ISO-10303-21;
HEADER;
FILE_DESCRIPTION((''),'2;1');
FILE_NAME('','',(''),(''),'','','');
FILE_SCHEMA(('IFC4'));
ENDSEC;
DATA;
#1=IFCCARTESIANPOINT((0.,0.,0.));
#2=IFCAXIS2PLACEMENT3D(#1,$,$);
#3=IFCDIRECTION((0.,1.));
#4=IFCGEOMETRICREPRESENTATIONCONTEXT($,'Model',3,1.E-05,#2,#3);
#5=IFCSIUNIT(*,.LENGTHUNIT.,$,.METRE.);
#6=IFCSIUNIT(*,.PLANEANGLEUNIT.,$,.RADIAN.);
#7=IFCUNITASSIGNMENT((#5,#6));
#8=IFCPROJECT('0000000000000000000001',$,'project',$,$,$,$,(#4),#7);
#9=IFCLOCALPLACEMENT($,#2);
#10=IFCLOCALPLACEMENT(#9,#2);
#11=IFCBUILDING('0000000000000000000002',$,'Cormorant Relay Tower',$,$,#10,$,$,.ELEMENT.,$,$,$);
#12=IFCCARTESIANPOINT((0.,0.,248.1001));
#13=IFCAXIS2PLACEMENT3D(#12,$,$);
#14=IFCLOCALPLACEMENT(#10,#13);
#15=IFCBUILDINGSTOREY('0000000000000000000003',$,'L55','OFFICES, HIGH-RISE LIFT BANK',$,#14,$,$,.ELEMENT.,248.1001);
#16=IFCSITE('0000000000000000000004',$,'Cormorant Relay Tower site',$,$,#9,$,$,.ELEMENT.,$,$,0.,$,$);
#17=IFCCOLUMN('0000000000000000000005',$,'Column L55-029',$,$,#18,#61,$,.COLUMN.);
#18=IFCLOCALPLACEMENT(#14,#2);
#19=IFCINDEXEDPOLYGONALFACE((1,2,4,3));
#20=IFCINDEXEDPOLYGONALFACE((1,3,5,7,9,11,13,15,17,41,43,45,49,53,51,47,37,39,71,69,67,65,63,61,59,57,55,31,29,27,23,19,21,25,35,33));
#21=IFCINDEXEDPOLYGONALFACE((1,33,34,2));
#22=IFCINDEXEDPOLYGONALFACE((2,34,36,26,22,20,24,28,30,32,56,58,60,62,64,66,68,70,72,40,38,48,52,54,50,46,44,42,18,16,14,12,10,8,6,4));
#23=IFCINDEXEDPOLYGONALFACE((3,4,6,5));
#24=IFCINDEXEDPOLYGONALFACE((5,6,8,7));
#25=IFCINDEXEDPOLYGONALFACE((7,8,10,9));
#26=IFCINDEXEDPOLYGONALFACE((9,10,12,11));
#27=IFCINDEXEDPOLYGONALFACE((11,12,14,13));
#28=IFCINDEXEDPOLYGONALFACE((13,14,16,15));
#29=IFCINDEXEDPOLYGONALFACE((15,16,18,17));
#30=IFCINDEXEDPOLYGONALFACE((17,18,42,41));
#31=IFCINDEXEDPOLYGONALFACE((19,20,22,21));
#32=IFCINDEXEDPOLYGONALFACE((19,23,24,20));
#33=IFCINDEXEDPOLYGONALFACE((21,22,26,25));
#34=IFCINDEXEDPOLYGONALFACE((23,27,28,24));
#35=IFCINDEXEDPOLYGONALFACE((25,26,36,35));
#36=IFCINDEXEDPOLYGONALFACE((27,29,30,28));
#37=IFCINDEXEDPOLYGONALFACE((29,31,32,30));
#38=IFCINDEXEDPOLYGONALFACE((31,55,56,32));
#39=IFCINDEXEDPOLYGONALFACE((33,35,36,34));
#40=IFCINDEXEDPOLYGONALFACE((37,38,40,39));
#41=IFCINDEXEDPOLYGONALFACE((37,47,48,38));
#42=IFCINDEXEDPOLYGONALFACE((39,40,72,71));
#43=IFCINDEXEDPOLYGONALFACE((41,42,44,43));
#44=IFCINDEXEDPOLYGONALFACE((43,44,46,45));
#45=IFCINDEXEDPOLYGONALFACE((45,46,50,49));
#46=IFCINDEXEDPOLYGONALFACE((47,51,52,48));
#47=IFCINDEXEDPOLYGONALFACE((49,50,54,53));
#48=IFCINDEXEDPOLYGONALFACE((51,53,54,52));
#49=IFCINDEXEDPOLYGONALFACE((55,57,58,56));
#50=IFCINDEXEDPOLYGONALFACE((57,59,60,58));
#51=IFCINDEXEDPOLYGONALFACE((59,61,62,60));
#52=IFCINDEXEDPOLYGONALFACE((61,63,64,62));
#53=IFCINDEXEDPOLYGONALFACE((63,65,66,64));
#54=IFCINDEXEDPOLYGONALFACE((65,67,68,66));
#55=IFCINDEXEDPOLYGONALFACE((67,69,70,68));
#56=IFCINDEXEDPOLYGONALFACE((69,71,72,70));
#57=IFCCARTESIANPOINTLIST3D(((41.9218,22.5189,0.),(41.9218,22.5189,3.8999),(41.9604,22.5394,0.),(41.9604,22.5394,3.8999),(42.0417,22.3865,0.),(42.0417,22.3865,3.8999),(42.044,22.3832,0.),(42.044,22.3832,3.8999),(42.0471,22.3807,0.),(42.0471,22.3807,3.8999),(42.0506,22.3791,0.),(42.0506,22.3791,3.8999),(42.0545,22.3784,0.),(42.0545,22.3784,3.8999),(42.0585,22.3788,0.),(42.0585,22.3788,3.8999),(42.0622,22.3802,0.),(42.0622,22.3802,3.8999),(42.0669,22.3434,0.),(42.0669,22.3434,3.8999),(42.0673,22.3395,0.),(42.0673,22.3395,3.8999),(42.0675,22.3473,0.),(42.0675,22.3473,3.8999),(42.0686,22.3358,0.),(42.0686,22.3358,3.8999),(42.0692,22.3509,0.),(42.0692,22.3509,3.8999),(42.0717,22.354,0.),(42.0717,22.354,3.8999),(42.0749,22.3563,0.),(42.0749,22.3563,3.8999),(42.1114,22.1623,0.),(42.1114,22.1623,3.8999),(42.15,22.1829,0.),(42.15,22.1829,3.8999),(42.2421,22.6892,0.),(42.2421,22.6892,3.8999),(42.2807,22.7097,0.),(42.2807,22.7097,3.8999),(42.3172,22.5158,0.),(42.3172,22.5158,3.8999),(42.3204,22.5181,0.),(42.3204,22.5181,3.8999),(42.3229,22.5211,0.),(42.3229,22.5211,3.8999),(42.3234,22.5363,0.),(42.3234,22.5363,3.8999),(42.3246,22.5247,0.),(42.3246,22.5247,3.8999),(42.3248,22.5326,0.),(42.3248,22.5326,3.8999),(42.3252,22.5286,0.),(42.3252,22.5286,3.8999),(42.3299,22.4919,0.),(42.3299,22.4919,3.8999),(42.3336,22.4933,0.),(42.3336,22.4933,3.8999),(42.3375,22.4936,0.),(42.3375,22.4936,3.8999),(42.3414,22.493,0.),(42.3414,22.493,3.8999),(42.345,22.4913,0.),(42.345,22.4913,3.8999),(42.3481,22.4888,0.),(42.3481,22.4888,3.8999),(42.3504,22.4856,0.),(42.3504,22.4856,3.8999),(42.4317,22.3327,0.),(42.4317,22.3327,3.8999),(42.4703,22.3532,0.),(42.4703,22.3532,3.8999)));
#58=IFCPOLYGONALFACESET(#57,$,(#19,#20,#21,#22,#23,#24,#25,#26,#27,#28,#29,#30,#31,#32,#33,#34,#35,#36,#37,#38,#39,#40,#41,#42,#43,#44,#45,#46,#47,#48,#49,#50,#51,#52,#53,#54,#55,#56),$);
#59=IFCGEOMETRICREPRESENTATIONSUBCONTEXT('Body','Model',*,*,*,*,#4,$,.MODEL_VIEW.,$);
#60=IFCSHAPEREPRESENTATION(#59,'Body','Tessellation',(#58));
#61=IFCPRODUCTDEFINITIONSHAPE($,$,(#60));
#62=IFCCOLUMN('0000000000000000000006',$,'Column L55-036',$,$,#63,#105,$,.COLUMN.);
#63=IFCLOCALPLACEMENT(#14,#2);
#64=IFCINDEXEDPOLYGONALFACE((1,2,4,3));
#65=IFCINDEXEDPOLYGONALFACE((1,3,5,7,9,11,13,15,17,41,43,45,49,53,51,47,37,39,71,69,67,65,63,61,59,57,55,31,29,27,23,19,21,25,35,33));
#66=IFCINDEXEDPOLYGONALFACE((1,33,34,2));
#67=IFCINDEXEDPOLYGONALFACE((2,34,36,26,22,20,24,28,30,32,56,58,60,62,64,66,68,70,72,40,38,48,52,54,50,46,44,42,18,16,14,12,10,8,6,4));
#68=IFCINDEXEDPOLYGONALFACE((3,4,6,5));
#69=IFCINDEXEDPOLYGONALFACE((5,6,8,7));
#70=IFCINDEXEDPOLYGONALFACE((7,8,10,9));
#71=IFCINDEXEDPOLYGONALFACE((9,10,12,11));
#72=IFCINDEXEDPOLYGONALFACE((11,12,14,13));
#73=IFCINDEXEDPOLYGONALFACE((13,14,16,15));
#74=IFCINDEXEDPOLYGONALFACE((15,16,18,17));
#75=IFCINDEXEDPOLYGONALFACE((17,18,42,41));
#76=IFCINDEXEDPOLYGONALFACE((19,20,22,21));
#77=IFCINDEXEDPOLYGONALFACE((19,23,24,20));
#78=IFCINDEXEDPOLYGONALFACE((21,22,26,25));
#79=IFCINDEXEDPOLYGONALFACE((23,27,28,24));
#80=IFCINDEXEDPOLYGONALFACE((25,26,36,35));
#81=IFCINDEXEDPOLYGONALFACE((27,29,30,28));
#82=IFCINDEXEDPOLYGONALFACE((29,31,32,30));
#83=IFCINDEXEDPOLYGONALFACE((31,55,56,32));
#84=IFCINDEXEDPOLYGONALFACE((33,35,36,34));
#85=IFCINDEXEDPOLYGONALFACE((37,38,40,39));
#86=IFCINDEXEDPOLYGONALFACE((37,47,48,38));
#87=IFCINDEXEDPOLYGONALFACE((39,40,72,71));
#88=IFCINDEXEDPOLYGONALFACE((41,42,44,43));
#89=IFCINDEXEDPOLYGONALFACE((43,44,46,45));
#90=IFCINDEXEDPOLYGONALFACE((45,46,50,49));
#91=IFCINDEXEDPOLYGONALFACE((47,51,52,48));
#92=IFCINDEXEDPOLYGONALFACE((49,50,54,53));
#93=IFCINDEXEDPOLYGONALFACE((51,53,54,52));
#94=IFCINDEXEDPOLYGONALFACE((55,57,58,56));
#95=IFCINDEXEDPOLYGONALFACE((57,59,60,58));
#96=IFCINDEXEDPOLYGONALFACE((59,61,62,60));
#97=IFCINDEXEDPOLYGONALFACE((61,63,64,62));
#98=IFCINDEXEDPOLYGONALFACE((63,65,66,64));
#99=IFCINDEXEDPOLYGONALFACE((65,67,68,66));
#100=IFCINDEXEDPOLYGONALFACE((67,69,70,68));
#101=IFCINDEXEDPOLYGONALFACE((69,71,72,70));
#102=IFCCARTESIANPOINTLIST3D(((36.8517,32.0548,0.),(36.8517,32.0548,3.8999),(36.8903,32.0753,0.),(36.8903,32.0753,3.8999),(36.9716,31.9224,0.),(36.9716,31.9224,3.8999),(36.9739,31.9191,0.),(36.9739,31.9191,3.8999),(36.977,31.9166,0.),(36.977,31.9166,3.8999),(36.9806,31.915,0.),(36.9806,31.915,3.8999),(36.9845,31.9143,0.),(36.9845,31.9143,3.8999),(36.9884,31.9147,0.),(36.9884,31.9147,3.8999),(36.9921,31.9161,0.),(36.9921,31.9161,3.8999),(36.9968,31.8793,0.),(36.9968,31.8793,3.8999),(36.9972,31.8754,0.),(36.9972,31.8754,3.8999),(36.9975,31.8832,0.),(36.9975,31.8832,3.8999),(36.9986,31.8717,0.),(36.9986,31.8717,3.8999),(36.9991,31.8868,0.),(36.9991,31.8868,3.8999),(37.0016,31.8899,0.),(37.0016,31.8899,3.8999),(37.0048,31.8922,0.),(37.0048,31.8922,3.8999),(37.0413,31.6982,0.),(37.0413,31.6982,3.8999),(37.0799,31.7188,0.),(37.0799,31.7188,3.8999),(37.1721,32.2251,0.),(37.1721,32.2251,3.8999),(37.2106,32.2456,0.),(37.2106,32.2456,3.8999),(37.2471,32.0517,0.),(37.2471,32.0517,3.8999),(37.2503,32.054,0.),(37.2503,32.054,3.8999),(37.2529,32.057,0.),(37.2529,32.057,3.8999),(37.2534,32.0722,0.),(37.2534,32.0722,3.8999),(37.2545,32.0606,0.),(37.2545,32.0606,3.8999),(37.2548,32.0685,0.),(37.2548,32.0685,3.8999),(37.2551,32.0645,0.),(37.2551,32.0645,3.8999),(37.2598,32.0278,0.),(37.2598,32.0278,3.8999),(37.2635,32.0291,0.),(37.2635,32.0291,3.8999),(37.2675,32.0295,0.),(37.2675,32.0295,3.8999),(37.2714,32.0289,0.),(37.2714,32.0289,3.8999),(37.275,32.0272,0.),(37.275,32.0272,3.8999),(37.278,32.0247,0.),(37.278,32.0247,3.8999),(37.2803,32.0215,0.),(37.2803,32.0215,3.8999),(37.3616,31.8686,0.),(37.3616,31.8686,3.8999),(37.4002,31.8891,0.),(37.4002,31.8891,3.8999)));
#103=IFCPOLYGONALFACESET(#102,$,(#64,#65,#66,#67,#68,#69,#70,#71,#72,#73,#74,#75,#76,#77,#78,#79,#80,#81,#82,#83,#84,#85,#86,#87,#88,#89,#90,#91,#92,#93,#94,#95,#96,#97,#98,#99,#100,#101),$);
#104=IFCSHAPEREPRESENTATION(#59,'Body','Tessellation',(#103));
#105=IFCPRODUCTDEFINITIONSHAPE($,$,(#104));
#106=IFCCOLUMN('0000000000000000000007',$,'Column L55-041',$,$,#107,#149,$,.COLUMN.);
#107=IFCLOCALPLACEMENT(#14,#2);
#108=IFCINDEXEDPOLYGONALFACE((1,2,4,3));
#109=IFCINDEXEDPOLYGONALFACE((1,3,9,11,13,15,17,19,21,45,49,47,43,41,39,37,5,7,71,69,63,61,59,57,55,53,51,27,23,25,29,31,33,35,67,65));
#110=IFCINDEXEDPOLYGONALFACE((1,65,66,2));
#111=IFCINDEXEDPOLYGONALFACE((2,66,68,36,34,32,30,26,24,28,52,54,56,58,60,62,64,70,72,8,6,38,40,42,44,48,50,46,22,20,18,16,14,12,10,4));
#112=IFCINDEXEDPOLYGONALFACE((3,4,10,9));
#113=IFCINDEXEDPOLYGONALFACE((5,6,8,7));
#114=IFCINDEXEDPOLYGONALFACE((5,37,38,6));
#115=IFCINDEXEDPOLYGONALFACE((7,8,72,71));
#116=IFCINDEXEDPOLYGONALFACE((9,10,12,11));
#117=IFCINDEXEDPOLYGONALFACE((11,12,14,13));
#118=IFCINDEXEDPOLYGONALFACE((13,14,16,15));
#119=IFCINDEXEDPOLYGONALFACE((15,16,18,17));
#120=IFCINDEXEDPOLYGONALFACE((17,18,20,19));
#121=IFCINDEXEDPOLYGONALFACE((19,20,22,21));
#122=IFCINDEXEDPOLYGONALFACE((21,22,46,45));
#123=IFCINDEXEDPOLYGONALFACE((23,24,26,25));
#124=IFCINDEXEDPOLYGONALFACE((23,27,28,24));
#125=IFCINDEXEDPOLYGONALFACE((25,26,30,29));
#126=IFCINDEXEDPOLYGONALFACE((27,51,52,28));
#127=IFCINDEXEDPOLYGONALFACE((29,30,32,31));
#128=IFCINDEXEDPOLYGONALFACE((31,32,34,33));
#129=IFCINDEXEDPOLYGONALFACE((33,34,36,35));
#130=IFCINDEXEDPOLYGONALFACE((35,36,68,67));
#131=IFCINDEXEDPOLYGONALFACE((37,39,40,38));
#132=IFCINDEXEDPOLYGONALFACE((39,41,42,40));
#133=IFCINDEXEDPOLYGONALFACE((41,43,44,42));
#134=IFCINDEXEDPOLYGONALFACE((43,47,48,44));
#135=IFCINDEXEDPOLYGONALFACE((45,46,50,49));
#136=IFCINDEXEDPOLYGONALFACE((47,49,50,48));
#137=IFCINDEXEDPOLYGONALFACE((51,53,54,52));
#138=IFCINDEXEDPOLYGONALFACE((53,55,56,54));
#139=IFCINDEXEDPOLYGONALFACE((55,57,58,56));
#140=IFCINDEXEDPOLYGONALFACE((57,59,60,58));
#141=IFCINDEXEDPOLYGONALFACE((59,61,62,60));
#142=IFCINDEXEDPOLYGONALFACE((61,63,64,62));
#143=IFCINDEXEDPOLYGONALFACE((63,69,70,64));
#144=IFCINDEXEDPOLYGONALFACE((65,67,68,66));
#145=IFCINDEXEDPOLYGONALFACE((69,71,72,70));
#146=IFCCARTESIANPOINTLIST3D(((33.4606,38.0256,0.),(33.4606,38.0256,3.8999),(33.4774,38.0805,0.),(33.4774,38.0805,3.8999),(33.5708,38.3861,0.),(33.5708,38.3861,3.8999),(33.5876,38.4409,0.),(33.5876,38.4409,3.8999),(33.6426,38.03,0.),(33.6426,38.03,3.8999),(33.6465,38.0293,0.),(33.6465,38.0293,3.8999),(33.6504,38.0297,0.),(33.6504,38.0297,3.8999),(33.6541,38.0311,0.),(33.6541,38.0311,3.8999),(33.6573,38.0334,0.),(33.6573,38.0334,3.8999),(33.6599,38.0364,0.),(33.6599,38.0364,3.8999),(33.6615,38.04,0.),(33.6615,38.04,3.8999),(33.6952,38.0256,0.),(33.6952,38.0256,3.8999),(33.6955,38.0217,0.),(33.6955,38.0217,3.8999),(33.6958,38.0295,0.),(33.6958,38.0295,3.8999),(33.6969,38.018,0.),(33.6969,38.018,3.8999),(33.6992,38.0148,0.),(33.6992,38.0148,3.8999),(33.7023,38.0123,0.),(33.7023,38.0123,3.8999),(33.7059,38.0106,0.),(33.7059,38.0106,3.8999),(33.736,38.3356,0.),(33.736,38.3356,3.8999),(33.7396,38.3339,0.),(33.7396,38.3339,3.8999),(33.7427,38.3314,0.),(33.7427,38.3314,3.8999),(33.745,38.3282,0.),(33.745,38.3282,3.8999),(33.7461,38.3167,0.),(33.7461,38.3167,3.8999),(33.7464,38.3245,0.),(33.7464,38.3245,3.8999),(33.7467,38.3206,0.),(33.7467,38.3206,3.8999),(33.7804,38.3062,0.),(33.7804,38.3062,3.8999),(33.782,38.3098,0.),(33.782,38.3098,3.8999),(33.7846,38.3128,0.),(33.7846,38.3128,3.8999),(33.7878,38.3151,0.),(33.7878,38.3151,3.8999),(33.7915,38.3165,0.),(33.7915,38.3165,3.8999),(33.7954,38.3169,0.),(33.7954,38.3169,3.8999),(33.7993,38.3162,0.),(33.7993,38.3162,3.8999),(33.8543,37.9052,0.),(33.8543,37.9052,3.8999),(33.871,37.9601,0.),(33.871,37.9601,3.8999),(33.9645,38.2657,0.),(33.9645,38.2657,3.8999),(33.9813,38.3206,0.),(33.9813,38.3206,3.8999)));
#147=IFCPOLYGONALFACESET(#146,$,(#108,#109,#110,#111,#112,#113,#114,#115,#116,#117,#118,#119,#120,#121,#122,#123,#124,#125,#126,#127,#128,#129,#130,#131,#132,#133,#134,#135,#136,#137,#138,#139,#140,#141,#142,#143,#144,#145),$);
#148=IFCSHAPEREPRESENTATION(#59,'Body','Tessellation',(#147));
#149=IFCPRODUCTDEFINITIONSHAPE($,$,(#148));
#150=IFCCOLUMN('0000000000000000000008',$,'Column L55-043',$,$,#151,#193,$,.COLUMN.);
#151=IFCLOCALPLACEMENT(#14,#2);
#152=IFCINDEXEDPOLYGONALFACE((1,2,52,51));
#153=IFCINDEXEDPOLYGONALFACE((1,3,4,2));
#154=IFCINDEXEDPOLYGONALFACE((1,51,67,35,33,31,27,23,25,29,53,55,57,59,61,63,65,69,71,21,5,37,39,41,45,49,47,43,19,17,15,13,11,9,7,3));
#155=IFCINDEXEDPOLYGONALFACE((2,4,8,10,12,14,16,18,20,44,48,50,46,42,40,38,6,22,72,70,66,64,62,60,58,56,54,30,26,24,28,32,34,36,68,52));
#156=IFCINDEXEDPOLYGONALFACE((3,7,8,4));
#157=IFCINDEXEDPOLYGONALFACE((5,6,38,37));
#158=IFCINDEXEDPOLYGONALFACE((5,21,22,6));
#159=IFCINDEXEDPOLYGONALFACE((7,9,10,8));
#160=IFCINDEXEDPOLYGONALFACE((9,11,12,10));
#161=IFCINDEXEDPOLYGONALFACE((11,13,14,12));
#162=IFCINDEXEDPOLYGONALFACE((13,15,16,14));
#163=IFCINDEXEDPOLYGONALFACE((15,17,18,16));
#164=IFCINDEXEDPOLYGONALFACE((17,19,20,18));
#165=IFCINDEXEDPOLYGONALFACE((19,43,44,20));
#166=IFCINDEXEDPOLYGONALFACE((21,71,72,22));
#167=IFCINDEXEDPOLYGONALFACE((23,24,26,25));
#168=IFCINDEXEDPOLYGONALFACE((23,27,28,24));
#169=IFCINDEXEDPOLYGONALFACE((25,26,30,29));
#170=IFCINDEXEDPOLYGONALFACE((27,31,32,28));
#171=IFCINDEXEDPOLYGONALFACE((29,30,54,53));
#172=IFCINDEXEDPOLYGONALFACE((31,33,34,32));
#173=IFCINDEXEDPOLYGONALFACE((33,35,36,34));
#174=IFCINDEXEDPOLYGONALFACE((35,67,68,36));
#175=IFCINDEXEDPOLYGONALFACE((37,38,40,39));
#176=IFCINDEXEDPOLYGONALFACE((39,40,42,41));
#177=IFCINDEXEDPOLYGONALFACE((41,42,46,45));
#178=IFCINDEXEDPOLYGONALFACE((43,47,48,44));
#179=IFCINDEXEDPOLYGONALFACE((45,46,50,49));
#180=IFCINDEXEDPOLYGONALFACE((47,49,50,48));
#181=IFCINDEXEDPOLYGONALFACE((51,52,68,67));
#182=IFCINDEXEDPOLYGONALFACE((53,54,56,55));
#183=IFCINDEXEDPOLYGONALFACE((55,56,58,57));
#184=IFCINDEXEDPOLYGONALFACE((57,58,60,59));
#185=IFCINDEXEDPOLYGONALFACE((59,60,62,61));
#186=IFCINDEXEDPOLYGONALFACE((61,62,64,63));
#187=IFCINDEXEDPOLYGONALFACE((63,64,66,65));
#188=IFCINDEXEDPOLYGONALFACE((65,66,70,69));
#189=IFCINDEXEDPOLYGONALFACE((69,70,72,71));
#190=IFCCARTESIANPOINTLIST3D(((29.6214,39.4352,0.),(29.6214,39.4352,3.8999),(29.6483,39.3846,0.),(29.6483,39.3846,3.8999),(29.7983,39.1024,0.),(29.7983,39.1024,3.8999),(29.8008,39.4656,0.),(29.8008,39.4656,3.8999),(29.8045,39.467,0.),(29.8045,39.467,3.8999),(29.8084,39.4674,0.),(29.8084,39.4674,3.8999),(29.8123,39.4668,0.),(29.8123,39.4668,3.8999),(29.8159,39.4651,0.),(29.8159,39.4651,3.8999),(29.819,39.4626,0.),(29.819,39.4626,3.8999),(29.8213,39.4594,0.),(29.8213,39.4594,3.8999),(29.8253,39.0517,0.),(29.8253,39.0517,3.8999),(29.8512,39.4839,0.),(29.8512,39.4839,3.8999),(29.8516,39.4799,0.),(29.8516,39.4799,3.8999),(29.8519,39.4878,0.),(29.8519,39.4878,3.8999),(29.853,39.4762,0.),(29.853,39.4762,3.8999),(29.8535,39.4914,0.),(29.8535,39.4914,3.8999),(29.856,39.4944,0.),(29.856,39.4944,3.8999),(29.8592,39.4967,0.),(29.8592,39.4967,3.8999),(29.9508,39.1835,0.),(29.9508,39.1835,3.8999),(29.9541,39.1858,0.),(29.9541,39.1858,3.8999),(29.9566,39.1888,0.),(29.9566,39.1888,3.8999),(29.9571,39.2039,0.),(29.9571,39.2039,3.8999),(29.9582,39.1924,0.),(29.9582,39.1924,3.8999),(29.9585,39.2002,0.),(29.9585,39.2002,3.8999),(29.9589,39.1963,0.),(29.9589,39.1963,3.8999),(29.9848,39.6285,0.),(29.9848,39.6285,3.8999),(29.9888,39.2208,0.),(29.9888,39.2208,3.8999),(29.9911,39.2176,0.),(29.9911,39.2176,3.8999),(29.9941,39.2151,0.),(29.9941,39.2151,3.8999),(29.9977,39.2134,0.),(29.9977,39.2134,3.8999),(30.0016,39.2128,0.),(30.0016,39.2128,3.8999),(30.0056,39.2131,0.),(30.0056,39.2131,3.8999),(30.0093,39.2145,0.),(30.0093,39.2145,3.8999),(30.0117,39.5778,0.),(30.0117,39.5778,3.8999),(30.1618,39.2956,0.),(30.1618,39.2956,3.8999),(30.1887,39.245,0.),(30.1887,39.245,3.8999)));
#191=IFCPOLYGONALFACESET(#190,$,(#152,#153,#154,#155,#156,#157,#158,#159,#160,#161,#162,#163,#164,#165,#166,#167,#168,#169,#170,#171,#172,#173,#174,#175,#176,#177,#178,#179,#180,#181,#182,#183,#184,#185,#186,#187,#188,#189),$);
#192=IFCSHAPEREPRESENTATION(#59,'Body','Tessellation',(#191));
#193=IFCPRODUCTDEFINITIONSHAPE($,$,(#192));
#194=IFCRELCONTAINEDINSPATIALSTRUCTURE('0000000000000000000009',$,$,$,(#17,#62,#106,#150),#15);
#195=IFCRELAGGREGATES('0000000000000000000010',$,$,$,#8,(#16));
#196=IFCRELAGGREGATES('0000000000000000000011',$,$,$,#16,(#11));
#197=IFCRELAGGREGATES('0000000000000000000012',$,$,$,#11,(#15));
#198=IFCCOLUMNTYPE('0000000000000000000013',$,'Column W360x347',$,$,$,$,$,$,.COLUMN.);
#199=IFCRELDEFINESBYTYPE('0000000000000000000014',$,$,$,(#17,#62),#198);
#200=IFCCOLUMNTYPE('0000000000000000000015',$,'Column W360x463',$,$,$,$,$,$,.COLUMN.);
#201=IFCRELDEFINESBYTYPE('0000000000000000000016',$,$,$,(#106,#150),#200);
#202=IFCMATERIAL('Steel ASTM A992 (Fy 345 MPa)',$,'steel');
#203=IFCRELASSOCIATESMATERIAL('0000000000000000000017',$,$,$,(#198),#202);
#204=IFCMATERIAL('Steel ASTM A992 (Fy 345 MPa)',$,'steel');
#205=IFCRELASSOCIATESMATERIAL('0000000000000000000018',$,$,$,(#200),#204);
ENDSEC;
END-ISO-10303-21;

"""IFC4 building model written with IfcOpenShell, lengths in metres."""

from ifc_helpers import new_model, si_unit, direction, frame, origin, origin_2d, place, context, subcontext, project, spatial, i_section, extrude, material, material_profile, profile_set, type_object, element, save


model = new_model("IFC4")

# Units and contexts
model_context = context("Model", 3, precision=1e-05, world=origin(), true_north=direction((0.0, 1.0)))
body_context = subcontext(model_context, "Body", "Model", "MODEL_VIEW")
ifc_project = project(units=[si_unit("LENGTHUNIT", "METRE"), si_unit("PLANEANGLEUNIT", "RADIAN")], contexts=[model_context])

# Site, building, storey
site_placement = place(None, origin())
site = spatial("IfcSite", under=ifc_project, at=site_placement, Name="Cormorant Relay Tower site", CompositionType="ELEMENT", RefElevation=0.0)
building_placement = place(site_placement, origin())
building = spatial("IfcBuilding", under=site, at=building_placement, Name="Cormorant Relay Tower", CompositionType="ELEMENT")
storey_placement = place(building_placement, frame((0.0, 0.0, 248.1001)))
storey = spatial("IfcBuildingStorey", under=building, at=storey_placement, Name="L55", Description="OFFICES, HIGH-RISE LIFT BANK", CompositionType="ELEMENT", Elevation=248.1001)

# Columns
ifc_material_1 = material(Name="Steel ASTM A992 (Fy 345 MPa)", Category="steel")
ifc_material_profile_1 = material_profile(ifc_material_1, i_section(OverallWidth=0.4038, OverallDepth=0.4065, WebThickness=0.0271, FlangeThickness=0.0437, FilletRadius=0.0151, at=origin_2d()), Name="W360x347")
ifc_profile_set_1 = profile_set([ifc_material_profile_1], Name="Steel ASTM A992 (Fy 345 MPa)")
column_type_1 = type_object("IfcColumnType", Name="Column W360x347", PredefinedType="COLUMN", material=ifc_profile_set_1)
for number, where, z_axis, x_axis, name in (
    (1, (42.196, 22.436, 0.0), (0.0, 0.0, 1.0), (-0.469472, 0.882948, 0.0), "Column L55-029"),
    (2, (37.126, 31.9719, 0.0), (0.0, 0.0, 1.0), (-0.469472, 0.882948, 0.0), "Column L55-036"),
):
    element("IfcColumn", number, at=place(storey_placement, frame(where, z_axis=z_axis, x_axis=x_axis)), inside=storey, type_object=column_type_1, Name=name, PredefinedType="COLUMN", context=body_context, shape_type="SweptSolid", body=[
        extrude(i_section(OverallWidth=0.4038, OverallDepth=0.4065, WebThickness=0.0271, FlangeThickness=0.0437, FilletRadius=0.0151, at=origin_2d()), origin(), (0.0, 0.0, 1.0), 3.8999),
    ])
ifc_material_2 = material(Name="Steel ASTM A992 (Fy 345 MPa)", Category="steel")
ifc_material_profile_2 = material_profile(ifc_material_2, i_section(OverallWidth=0.4116, OverallDepth=0.4343, WebThickness=0.0359, FlangeThickness=0.0574, FilletRadius=0.0151, at=origin_2d()), Name="W360x463")
ifc_profile_set_2 = profile_set([ifc_material_profile_2], Name="Steel ASTM A992 (Fy 345 MPa)")
column_type_2 = type_object("IfcColumnType", Name="Column W360x463", PredefinedType="COLUMN", material=ifc_profile_set_2)
for number, where, z_axis, x_axis, name in (
    (3, (33.7209, 38.1731, 0.0), (0.0, 0.0, 1.0), (-0.956305, 0.292372, 0.0), "Column L55-041"),
    (4, (29.905, 39.3401, 0.0), (0.0, 0.0, 1.0), (-0.882948, -0.469472, 0.0), "Column L55-043"),
):
    element("IfcColumn", number, at=place(storey_placement, frame(where, z_axis=z_axis, x_axis=x_axis)), inside=storey, type_object=column_type_2, Name=name, PredefinedType="COLUMN", context=body_context, shape_type="SweptSolid", body=[
        extrude(i_section(OverallWidth=0.4116, OverallDepth=0.4343, WebThickness=0.0359, FlangeThickness=0.0574, FilletRadius=0.0151, at=origin_2d()), origin(), (0.0, 0.0, 1.0), 3.8999),
    ])

save(model, "model.ifc")
